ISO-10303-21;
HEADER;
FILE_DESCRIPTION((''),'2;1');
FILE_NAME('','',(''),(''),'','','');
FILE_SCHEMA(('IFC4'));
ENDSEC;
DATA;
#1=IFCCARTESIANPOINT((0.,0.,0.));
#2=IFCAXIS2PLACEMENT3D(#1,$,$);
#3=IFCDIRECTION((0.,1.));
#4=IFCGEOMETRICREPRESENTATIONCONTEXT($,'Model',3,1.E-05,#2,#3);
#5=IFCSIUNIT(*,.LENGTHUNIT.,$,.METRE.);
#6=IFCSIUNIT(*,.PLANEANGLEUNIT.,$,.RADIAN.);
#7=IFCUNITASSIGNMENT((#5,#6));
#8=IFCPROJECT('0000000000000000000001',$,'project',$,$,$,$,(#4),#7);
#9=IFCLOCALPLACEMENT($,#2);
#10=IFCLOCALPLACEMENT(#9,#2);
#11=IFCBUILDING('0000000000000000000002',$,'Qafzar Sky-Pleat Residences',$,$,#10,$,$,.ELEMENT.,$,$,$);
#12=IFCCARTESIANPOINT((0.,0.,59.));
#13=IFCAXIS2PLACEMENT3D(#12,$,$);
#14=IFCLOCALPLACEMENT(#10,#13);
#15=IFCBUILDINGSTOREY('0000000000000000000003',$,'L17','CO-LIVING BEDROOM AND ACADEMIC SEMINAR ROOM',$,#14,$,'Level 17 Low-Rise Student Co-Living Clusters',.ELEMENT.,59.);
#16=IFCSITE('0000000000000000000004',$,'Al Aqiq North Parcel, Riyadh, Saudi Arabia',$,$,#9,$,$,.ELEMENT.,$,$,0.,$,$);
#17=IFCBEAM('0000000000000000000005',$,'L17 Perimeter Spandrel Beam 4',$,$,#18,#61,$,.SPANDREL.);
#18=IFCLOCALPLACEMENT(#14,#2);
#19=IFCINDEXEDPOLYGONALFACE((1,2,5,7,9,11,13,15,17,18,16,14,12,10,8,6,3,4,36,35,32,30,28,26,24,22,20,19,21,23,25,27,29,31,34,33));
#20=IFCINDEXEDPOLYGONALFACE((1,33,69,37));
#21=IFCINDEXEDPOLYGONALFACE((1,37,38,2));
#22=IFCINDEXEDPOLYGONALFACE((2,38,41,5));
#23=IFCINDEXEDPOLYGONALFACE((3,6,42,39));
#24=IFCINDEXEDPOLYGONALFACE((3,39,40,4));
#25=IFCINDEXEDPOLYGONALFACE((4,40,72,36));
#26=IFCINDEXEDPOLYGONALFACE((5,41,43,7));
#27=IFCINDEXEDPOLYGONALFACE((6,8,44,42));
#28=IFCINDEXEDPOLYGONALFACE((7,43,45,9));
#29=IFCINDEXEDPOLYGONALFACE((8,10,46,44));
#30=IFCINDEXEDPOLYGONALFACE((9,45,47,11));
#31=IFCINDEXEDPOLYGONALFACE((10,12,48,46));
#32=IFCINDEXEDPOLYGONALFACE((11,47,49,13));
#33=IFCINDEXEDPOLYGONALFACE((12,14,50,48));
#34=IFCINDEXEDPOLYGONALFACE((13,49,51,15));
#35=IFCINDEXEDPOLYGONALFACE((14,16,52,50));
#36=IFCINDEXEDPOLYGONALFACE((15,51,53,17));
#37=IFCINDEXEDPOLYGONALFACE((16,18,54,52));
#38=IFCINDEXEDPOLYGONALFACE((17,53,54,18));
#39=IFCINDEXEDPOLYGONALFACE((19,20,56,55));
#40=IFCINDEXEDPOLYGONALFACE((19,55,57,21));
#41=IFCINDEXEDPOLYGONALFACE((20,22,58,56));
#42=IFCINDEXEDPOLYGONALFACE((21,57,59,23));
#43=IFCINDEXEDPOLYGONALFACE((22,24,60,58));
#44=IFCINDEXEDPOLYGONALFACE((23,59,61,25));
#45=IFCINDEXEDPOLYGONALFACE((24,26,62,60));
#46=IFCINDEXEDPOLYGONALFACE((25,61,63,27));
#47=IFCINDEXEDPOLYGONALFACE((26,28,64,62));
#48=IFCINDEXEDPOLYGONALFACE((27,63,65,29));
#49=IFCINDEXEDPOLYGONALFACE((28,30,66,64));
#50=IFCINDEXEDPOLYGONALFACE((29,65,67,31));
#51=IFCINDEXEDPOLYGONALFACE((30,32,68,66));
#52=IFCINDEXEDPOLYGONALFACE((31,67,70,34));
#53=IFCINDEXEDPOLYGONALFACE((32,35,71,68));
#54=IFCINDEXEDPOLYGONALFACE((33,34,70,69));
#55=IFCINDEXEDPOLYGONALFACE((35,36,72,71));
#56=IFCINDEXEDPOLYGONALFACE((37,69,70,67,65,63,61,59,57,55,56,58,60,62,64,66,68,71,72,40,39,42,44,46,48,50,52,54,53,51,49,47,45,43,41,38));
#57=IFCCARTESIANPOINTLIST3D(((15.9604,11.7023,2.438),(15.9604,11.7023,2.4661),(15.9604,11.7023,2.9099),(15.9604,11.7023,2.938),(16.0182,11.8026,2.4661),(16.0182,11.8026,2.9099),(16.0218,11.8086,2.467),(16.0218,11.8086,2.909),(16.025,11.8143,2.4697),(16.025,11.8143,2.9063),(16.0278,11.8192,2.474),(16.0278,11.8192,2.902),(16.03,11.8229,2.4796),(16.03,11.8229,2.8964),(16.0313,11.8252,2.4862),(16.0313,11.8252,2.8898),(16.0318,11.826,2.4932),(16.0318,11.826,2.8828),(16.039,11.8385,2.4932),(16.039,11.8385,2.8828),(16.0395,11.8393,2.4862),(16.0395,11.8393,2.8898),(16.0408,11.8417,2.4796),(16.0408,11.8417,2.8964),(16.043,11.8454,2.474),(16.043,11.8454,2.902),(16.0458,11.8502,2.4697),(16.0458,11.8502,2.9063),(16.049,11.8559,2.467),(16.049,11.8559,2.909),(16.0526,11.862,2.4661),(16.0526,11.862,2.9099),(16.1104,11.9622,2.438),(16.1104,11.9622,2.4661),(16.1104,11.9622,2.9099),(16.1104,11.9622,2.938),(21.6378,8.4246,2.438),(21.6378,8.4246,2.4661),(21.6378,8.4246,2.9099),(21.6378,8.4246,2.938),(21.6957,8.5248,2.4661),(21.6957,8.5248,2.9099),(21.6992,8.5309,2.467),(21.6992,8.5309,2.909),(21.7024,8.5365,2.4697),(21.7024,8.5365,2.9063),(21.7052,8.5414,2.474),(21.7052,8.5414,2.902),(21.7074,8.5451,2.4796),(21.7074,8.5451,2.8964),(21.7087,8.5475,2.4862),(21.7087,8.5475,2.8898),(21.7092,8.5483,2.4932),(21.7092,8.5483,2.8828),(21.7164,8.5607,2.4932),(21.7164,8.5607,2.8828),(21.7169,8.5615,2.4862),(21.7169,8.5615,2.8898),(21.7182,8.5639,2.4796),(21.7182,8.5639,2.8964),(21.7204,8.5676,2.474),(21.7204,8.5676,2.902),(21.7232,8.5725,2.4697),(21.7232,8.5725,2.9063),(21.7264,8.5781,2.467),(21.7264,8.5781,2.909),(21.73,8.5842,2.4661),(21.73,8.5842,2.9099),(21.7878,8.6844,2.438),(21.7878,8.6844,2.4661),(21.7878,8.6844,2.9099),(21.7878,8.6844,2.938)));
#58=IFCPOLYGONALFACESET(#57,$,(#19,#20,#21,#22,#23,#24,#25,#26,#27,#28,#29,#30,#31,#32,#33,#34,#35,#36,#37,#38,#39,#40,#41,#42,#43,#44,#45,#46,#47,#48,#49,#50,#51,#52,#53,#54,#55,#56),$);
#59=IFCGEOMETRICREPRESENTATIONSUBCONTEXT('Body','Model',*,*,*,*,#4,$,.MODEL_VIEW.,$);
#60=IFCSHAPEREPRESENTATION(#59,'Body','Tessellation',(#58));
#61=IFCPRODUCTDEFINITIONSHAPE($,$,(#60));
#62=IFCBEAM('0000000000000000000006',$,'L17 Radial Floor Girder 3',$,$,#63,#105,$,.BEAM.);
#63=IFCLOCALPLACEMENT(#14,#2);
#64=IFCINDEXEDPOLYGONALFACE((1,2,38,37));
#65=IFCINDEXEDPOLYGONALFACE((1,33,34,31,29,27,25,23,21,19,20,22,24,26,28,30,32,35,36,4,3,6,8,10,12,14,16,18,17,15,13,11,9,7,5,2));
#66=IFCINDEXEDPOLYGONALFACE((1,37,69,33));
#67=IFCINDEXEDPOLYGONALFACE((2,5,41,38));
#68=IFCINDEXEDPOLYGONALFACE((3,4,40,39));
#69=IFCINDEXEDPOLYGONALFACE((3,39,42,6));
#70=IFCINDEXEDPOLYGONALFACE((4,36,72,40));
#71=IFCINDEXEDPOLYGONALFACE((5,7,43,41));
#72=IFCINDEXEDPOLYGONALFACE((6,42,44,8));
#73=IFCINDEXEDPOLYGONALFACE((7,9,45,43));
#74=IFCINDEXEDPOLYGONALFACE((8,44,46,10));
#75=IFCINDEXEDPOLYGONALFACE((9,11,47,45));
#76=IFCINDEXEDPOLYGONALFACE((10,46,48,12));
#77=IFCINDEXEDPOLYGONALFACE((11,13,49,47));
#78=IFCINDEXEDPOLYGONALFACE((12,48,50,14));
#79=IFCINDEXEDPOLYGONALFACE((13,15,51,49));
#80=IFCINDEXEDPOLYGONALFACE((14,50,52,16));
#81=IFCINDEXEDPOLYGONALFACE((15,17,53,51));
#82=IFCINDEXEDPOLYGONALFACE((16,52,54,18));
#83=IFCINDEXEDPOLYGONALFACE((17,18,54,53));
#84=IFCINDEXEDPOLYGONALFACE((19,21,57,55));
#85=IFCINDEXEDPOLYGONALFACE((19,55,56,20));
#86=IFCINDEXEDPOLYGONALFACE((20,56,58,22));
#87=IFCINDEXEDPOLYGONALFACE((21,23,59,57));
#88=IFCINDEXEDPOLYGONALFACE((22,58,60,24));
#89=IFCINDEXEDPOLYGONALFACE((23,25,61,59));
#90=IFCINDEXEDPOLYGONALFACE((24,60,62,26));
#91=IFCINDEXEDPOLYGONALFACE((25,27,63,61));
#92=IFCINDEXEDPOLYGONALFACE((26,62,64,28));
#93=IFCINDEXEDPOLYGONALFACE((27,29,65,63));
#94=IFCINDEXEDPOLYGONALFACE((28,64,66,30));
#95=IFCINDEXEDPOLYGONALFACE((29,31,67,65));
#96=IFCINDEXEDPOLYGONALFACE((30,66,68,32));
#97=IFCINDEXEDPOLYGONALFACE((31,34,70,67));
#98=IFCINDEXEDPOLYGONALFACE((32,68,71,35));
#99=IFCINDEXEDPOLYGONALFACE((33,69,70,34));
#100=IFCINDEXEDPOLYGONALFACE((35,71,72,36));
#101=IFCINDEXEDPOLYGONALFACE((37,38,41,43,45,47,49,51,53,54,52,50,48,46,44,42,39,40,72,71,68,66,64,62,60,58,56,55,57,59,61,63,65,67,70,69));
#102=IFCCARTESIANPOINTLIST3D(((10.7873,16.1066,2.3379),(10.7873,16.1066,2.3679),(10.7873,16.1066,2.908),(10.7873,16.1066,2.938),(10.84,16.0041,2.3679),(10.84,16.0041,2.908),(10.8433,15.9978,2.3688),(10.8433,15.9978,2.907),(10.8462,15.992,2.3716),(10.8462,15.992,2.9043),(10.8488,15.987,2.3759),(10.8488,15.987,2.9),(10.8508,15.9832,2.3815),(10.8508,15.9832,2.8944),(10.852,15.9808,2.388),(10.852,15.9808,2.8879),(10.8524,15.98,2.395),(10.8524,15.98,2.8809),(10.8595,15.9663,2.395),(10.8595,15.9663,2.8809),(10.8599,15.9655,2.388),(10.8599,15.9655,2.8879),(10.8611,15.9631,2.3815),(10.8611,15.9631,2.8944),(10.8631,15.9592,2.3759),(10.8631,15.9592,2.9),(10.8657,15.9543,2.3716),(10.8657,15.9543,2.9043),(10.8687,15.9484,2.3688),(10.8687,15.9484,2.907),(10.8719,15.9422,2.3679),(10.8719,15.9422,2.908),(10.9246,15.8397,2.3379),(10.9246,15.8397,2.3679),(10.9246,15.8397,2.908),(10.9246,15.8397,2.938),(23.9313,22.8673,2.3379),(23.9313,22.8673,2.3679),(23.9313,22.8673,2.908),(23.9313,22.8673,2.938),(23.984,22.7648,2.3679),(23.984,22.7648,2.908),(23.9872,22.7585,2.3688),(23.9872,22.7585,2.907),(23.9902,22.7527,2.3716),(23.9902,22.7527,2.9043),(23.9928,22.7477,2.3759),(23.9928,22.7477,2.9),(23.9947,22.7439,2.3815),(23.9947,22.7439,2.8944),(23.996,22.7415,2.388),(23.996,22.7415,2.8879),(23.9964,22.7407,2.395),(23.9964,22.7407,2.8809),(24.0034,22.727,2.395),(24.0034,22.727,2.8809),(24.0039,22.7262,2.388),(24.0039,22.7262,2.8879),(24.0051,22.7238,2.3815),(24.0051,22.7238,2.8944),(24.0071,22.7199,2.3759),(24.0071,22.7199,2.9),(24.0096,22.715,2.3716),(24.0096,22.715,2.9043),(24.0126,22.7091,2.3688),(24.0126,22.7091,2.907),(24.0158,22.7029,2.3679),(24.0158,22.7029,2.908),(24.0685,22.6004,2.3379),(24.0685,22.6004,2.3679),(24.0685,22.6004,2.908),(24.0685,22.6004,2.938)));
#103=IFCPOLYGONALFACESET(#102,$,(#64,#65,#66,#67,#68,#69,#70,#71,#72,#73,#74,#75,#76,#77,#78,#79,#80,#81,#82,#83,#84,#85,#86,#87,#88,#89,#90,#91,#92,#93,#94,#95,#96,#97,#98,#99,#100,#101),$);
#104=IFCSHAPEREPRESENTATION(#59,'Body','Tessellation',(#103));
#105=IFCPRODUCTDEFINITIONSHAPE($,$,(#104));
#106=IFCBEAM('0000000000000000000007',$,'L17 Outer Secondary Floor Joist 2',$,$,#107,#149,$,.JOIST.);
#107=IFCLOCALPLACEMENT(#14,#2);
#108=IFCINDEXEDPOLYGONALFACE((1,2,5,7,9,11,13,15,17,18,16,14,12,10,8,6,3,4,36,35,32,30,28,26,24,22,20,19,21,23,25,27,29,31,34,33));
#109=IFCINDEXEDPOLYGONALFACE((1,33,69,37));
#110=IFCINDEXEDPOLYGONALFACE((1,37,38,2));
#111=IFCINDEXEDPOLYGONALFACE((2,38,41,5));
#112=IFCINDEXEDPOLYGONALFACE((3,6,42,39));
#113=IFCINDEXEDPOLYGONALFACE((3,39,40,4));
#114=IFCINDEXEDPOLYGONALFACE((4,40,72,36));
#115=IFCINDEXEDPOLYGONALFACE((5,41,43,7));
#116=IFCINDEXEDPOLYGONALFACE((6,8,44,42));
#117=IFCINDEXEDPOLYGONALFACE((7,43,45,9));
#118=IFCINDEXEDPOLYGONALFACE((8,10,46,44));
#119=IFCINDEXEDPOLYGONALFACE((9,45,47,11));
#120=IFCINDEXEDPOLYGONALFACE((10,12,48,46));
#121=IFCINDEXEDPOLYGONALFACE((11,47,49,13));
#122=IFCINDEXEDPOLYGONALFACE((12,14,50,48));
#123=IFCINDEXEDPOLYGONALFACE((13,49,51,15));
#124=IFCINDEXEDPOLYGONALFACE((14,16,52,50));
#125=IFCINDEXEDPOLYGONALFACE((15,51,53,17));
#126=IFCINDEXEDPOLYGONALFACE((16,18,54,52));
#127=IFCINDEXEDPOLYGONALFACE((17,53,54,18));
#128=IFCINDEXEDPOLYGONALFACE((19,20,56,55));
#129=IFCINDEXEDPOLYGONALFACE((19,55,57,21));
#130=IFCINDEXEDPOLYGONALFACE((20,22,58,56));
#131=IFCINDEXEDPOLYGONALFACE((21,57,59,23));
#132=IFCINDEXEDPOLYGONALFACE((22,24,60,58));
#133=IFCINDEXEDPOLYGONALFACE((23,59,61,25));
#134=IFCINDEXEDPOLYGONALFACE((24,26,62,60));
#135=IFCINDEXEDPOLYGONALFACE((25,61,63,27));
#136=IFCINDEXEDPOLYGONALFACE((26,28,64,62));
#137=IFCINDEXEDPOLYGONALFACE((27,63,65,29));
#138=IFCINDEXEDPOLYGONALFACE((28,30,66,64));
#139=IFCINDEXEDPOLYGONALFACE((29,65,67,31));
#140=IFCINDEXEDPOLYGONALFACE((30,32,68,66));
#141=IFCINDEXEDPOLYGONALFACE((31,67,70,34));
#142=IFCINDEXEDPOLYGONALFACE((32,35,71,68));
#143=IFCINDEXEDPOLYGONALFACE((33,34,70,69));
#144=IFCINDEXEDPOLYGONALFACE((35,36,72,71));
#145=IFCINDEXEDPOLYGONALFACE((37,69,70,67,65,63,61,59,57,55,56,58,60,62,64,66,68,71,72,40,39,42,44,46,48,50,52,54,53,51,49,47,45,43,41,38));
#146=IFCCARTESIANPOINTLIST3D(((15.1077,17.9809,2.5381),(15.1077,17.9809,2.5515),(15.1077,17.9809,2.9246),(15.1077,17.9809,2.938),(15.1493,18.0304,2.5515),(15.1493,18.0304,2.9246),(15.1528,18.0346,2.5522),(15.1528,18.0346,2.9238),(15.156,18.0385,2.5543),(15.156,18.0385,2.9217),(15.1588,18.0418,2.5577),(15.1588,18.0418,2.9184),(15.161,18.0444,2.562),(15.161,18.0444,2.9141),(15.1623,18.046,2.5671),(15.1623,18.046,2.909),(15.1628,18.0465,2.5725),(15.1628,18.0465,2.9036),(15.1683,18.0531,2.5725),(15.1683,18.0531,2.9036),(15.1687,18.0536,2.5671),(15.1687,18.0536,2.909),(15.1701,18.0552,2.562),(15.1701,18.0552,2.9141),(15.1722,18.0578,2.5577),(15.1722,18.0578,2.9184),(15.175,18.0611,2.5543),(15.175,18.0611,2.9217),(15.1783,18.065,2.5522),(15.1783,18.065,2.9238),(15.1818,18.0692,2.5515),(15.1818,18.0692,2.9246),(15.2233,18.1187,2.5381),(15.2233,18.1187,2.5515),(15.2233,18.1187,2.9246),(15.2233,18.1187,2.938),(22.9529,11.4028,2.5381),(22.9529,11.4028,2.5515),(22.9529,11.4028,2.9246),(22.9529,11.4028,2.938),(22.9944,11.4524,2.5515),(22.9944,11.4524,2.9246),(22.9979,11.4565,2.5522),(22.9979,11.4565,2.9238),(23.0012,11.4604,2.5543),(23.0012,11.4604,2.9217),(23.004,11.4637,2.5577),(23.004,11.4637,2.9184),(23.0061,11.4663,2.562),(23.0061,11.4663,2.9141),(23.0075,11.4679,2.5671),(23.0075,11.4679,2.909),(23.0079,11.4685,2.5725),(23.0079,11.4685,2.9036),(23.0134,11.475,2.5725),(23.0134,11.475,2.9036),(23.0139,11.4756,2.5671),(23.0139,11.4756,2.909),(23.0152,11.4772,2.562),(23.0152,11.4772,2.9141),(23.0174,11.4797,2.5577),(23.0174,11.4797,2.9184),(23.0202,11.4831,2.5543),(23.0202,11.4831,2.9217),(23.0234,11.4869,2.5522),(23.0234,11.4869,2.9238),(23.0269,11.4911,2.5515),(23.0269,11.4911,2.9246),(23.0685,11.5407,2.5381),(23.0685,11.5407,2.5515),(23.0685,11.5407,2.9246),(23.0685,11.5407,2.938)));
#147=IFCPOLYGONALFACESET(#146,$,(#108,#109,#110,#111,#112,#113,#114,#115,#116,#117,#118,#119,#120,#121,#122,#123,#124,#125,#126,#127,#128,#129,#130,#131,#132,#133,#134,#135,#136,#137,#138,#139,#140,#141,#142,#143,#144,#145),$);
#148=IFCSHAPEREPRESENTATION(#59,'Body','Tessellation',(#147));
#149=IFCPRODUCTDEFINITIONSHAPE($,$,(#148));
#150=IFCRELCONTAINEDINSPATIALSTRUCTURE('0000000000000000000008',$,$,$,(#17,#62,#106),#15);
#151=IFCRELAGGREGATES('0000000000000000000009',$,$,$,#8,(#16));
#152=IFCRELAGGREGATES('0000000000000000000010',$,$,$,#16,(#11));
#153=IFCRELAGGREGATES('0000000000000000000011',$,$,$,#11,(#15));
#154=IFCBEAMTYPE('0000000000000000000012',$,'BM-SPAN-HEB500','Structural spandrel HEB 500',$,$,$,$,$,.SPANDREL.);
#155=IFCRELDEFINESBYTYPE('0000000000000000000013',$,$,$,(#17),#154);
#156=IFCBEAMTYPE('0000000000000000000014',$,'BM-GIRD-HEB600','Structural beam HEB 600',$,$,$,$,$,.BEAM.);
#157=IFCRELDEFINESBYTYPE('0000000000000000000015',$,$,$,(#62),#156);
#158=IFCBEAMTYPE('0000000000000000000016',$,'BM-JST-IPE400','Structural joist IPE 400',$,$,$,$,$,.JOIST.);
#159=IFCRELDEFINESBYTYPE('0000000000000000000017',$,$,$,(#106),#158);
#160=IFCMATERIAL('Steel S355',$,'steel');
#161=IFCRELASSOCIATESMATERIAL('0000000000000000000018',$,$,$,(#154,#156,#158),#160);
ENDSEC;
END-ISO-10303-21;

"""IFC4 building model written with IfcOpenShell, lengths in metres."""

from ifc_helpers import new_model, si_unit, direction, frame, origin, origin_2d, place, context, subcontext, project, spatial, i_section, extrude, source, transform, mapped, material, material_profile, profile_set, type_object, element, save


model = new_model("IFC4")

# Units and contexts
model_context = context("Model", 3, precision=1e-05, world=origin(), true_north=direction((0.0, 1.0)))
body_context = subcontext(model_context, "Body", "Model", "MODEL_VIEW")
ifc_project = project(units=[si_unit("LENGTHUNIT", "METRE"), si_unit("PLANEANGLEUNIT", "RADIAN")], contexts=[model_context])

# Site, building, storey
site_placement = place(None, origin())
site = spatial("IfcSite", under=ifc_project, at=site_placement, Name="Al Aqiq North Parcel, Riyadh, Saudi Arabia", CompositionType="ELEMENT", RefElevation=0.0)
building_placement = place(site_placement, origin())
building = spatial("IfcBuilding", under=site, at=building_placement, Name="Qafzar Sky-Pleat Residences", CompositionType="ELEMENT")
storey_placement = place(building_placement, frame((0.0, 0.0, 59.0)))
storey = spatial("IfcBuildingStorey", under=building, at=storey_placement, Name="L17", Description="CO-LIVING BEDROOM AND ACADEMIC SEMINAR ROOM", LongName="Level 17 Low-Rise Student Co-Living Clusters", CompositionType="ELEMENT", Elevation=59.0)

# Beams
ifc_material_1 = material(Name="Steel S355", Category="steel")
ifc_material_profile_1 = material_profile(ifc_material_1, i_section(OverallWidth=0.3, OverallDepth=0.5, WebThickness=0.0144, FlangeThickness=0.0281, FilletRadius=0.0271, at=origin_2d()), Name="HEB 500")
ifc_profile_set_1 = profile_set([ifc_material_profile_1], Name="Steel S355")
beam_type_1 = type_object("IfcBeamType", Name="BM-SPAN-HEB500", Description="Structural spandrel HEB 500", PredefinedType="SPANDREL", material=ifc_profile_set_1)
shared_shape_1 = source(origin(), body_context, "Body", "SweptSolid", [
    extrude(i_section(OverallWidth=0.3, OverallDepth=0.5, WebThickness=0.0144, FlangeThickness=0.0281, FilletRadius=0.0271, at=origin_2d()), origin(), (0.0, 0.0, 1.0), 6.5557),
])
beam_1_placement = place(storey_placement, frame((16.0354, 11.8323, 2.688), z_axis=(0.86603, -0.499992, 0.0), x_axis=(0.499992, 0.86603, 0.0)))
element("IfcBeam", 1, at=beam_1_placement, inside=storey, type_object=beam_type_1, Name="L17 Perimeter Spandrel Beam 4", PredefinedType="SPANDREL", context=body_context, shape_type="MappedRepresentation", body=[
    mapped(shared_shape_1, transform((0.0, 0.0, 0.0), x_axis=(1.0, 0.0, 0.0), y_axis=(0.0, 1.0, 0.0), z_axis=(0.0, 0.0, 1.0), scale=1.0)),
])
ifc_material_profile_2 = material_profile(ifc_material_1, i_section(OverallWidth=0.3, OverallDepth=0.6001, WebThickness=0.0154, FlangeThickness=0.03, FilletRadius=0.0271, at=origin_2d()), Name="HEB 600")
ifc_profile_set_2 = profile_set([ifc_material_profile_2], Name="Steel S355")
beam_type_2 = type_object("IfcBeamType", Name="BM-GIRD-HEB600", Description="Structural beam HEB 600", PredefinedType="BEAM", material=ifc_profile_set_2)
shared_shape_2 = source(origin(), body_context, "Body", "SweptSolid", [
    extrude(i_section(OverallWidth=0.3, OverallDepth=0.6001, WebThickness=0.0154, FlangeThickness=0.03, FilletRadius=0.0271, at=origin_2d()), origin(), (0.0, 0.0, 1.0), 14.7808),
])
beam_2_placement = place(storey_placement, frame((10.856, 15.9731, 2.6379), z_axis=(0.889262, 0.457399, 0.0), x_axis=(-0.457399, 0.889262, 0.0)))
element("IfcBeam", 2, at=beam_2_placement, inside=storey, type_object=beam_type_2, Name="L17 Radial Floor Girder 3", PredefinedType="BEAM", context=body_context, shape_type="MappedRepresentation", body=[
    mapped(shared_shape_2, transform((0.0, 0.0, 0.0), x_axis=(1.0, 0.0, 0.0), y_axis=(0.0, 1.0, 0.0), z_axis=(0.0, 0.0, 1.0), scale=1.0)),
])
ifc_material_profile_3 = material_profile(ifc_material_1, i_section(OverallWidth=0.1799, OverallDepth=0.3999, WebThickness=0.0085, FlangeThickness=0.0134, FilletRadius=0.021, at=origin_2d()), Name="IPE 400")
ifc_profile_set_3 = profile_set([ifc_material_profile_3], Name="Steel S355")
beam_type_3 = type_object("IfcBeamType", Name="BM-JST-IPE400", Description="Structural joist IPE 400", PredefinedType="JOIST", material=ifc_profile_set_3)
shared_shape_3 = source(origin(), body_context, "Body", "SweptSolid", [
    extrude(i_section(OverallWidth=0.1799, OverallDepth=0.3999, WebThickness=0.0085, FlangeThickness=0.0134, FilletRadius=0.021, at=origin_2d()), origin(), (0.0, 0.0, 1.0), 10.238),
])
beam_3_placement = place(storey_placement, frame((15.1655, 18.0498, 2.738), z_axis=(0.766275, -0.642513, 0.0), x_axis=(0.642513, 0.766275, 0.0)))
element("IfcBeam", 3, at=beam_3_placement, inside=storey, type_object=beam_type_3, Name="L17 Outer Secondary Floor Joist 2", PredefinedType="JOIST", context=body_context, shape_type="MappedRepresentation", body=[
    mapped(shared_shape_3, transform((0.0, 0.0, 0.0), x_axis=(1.0, 0.0, 0.0), y_axis=(0.0, 1.0, 0.0), z_axis=(0.0, 0.0, 1.0), scale=1.0)),
])

save(model, "model.ifc")
